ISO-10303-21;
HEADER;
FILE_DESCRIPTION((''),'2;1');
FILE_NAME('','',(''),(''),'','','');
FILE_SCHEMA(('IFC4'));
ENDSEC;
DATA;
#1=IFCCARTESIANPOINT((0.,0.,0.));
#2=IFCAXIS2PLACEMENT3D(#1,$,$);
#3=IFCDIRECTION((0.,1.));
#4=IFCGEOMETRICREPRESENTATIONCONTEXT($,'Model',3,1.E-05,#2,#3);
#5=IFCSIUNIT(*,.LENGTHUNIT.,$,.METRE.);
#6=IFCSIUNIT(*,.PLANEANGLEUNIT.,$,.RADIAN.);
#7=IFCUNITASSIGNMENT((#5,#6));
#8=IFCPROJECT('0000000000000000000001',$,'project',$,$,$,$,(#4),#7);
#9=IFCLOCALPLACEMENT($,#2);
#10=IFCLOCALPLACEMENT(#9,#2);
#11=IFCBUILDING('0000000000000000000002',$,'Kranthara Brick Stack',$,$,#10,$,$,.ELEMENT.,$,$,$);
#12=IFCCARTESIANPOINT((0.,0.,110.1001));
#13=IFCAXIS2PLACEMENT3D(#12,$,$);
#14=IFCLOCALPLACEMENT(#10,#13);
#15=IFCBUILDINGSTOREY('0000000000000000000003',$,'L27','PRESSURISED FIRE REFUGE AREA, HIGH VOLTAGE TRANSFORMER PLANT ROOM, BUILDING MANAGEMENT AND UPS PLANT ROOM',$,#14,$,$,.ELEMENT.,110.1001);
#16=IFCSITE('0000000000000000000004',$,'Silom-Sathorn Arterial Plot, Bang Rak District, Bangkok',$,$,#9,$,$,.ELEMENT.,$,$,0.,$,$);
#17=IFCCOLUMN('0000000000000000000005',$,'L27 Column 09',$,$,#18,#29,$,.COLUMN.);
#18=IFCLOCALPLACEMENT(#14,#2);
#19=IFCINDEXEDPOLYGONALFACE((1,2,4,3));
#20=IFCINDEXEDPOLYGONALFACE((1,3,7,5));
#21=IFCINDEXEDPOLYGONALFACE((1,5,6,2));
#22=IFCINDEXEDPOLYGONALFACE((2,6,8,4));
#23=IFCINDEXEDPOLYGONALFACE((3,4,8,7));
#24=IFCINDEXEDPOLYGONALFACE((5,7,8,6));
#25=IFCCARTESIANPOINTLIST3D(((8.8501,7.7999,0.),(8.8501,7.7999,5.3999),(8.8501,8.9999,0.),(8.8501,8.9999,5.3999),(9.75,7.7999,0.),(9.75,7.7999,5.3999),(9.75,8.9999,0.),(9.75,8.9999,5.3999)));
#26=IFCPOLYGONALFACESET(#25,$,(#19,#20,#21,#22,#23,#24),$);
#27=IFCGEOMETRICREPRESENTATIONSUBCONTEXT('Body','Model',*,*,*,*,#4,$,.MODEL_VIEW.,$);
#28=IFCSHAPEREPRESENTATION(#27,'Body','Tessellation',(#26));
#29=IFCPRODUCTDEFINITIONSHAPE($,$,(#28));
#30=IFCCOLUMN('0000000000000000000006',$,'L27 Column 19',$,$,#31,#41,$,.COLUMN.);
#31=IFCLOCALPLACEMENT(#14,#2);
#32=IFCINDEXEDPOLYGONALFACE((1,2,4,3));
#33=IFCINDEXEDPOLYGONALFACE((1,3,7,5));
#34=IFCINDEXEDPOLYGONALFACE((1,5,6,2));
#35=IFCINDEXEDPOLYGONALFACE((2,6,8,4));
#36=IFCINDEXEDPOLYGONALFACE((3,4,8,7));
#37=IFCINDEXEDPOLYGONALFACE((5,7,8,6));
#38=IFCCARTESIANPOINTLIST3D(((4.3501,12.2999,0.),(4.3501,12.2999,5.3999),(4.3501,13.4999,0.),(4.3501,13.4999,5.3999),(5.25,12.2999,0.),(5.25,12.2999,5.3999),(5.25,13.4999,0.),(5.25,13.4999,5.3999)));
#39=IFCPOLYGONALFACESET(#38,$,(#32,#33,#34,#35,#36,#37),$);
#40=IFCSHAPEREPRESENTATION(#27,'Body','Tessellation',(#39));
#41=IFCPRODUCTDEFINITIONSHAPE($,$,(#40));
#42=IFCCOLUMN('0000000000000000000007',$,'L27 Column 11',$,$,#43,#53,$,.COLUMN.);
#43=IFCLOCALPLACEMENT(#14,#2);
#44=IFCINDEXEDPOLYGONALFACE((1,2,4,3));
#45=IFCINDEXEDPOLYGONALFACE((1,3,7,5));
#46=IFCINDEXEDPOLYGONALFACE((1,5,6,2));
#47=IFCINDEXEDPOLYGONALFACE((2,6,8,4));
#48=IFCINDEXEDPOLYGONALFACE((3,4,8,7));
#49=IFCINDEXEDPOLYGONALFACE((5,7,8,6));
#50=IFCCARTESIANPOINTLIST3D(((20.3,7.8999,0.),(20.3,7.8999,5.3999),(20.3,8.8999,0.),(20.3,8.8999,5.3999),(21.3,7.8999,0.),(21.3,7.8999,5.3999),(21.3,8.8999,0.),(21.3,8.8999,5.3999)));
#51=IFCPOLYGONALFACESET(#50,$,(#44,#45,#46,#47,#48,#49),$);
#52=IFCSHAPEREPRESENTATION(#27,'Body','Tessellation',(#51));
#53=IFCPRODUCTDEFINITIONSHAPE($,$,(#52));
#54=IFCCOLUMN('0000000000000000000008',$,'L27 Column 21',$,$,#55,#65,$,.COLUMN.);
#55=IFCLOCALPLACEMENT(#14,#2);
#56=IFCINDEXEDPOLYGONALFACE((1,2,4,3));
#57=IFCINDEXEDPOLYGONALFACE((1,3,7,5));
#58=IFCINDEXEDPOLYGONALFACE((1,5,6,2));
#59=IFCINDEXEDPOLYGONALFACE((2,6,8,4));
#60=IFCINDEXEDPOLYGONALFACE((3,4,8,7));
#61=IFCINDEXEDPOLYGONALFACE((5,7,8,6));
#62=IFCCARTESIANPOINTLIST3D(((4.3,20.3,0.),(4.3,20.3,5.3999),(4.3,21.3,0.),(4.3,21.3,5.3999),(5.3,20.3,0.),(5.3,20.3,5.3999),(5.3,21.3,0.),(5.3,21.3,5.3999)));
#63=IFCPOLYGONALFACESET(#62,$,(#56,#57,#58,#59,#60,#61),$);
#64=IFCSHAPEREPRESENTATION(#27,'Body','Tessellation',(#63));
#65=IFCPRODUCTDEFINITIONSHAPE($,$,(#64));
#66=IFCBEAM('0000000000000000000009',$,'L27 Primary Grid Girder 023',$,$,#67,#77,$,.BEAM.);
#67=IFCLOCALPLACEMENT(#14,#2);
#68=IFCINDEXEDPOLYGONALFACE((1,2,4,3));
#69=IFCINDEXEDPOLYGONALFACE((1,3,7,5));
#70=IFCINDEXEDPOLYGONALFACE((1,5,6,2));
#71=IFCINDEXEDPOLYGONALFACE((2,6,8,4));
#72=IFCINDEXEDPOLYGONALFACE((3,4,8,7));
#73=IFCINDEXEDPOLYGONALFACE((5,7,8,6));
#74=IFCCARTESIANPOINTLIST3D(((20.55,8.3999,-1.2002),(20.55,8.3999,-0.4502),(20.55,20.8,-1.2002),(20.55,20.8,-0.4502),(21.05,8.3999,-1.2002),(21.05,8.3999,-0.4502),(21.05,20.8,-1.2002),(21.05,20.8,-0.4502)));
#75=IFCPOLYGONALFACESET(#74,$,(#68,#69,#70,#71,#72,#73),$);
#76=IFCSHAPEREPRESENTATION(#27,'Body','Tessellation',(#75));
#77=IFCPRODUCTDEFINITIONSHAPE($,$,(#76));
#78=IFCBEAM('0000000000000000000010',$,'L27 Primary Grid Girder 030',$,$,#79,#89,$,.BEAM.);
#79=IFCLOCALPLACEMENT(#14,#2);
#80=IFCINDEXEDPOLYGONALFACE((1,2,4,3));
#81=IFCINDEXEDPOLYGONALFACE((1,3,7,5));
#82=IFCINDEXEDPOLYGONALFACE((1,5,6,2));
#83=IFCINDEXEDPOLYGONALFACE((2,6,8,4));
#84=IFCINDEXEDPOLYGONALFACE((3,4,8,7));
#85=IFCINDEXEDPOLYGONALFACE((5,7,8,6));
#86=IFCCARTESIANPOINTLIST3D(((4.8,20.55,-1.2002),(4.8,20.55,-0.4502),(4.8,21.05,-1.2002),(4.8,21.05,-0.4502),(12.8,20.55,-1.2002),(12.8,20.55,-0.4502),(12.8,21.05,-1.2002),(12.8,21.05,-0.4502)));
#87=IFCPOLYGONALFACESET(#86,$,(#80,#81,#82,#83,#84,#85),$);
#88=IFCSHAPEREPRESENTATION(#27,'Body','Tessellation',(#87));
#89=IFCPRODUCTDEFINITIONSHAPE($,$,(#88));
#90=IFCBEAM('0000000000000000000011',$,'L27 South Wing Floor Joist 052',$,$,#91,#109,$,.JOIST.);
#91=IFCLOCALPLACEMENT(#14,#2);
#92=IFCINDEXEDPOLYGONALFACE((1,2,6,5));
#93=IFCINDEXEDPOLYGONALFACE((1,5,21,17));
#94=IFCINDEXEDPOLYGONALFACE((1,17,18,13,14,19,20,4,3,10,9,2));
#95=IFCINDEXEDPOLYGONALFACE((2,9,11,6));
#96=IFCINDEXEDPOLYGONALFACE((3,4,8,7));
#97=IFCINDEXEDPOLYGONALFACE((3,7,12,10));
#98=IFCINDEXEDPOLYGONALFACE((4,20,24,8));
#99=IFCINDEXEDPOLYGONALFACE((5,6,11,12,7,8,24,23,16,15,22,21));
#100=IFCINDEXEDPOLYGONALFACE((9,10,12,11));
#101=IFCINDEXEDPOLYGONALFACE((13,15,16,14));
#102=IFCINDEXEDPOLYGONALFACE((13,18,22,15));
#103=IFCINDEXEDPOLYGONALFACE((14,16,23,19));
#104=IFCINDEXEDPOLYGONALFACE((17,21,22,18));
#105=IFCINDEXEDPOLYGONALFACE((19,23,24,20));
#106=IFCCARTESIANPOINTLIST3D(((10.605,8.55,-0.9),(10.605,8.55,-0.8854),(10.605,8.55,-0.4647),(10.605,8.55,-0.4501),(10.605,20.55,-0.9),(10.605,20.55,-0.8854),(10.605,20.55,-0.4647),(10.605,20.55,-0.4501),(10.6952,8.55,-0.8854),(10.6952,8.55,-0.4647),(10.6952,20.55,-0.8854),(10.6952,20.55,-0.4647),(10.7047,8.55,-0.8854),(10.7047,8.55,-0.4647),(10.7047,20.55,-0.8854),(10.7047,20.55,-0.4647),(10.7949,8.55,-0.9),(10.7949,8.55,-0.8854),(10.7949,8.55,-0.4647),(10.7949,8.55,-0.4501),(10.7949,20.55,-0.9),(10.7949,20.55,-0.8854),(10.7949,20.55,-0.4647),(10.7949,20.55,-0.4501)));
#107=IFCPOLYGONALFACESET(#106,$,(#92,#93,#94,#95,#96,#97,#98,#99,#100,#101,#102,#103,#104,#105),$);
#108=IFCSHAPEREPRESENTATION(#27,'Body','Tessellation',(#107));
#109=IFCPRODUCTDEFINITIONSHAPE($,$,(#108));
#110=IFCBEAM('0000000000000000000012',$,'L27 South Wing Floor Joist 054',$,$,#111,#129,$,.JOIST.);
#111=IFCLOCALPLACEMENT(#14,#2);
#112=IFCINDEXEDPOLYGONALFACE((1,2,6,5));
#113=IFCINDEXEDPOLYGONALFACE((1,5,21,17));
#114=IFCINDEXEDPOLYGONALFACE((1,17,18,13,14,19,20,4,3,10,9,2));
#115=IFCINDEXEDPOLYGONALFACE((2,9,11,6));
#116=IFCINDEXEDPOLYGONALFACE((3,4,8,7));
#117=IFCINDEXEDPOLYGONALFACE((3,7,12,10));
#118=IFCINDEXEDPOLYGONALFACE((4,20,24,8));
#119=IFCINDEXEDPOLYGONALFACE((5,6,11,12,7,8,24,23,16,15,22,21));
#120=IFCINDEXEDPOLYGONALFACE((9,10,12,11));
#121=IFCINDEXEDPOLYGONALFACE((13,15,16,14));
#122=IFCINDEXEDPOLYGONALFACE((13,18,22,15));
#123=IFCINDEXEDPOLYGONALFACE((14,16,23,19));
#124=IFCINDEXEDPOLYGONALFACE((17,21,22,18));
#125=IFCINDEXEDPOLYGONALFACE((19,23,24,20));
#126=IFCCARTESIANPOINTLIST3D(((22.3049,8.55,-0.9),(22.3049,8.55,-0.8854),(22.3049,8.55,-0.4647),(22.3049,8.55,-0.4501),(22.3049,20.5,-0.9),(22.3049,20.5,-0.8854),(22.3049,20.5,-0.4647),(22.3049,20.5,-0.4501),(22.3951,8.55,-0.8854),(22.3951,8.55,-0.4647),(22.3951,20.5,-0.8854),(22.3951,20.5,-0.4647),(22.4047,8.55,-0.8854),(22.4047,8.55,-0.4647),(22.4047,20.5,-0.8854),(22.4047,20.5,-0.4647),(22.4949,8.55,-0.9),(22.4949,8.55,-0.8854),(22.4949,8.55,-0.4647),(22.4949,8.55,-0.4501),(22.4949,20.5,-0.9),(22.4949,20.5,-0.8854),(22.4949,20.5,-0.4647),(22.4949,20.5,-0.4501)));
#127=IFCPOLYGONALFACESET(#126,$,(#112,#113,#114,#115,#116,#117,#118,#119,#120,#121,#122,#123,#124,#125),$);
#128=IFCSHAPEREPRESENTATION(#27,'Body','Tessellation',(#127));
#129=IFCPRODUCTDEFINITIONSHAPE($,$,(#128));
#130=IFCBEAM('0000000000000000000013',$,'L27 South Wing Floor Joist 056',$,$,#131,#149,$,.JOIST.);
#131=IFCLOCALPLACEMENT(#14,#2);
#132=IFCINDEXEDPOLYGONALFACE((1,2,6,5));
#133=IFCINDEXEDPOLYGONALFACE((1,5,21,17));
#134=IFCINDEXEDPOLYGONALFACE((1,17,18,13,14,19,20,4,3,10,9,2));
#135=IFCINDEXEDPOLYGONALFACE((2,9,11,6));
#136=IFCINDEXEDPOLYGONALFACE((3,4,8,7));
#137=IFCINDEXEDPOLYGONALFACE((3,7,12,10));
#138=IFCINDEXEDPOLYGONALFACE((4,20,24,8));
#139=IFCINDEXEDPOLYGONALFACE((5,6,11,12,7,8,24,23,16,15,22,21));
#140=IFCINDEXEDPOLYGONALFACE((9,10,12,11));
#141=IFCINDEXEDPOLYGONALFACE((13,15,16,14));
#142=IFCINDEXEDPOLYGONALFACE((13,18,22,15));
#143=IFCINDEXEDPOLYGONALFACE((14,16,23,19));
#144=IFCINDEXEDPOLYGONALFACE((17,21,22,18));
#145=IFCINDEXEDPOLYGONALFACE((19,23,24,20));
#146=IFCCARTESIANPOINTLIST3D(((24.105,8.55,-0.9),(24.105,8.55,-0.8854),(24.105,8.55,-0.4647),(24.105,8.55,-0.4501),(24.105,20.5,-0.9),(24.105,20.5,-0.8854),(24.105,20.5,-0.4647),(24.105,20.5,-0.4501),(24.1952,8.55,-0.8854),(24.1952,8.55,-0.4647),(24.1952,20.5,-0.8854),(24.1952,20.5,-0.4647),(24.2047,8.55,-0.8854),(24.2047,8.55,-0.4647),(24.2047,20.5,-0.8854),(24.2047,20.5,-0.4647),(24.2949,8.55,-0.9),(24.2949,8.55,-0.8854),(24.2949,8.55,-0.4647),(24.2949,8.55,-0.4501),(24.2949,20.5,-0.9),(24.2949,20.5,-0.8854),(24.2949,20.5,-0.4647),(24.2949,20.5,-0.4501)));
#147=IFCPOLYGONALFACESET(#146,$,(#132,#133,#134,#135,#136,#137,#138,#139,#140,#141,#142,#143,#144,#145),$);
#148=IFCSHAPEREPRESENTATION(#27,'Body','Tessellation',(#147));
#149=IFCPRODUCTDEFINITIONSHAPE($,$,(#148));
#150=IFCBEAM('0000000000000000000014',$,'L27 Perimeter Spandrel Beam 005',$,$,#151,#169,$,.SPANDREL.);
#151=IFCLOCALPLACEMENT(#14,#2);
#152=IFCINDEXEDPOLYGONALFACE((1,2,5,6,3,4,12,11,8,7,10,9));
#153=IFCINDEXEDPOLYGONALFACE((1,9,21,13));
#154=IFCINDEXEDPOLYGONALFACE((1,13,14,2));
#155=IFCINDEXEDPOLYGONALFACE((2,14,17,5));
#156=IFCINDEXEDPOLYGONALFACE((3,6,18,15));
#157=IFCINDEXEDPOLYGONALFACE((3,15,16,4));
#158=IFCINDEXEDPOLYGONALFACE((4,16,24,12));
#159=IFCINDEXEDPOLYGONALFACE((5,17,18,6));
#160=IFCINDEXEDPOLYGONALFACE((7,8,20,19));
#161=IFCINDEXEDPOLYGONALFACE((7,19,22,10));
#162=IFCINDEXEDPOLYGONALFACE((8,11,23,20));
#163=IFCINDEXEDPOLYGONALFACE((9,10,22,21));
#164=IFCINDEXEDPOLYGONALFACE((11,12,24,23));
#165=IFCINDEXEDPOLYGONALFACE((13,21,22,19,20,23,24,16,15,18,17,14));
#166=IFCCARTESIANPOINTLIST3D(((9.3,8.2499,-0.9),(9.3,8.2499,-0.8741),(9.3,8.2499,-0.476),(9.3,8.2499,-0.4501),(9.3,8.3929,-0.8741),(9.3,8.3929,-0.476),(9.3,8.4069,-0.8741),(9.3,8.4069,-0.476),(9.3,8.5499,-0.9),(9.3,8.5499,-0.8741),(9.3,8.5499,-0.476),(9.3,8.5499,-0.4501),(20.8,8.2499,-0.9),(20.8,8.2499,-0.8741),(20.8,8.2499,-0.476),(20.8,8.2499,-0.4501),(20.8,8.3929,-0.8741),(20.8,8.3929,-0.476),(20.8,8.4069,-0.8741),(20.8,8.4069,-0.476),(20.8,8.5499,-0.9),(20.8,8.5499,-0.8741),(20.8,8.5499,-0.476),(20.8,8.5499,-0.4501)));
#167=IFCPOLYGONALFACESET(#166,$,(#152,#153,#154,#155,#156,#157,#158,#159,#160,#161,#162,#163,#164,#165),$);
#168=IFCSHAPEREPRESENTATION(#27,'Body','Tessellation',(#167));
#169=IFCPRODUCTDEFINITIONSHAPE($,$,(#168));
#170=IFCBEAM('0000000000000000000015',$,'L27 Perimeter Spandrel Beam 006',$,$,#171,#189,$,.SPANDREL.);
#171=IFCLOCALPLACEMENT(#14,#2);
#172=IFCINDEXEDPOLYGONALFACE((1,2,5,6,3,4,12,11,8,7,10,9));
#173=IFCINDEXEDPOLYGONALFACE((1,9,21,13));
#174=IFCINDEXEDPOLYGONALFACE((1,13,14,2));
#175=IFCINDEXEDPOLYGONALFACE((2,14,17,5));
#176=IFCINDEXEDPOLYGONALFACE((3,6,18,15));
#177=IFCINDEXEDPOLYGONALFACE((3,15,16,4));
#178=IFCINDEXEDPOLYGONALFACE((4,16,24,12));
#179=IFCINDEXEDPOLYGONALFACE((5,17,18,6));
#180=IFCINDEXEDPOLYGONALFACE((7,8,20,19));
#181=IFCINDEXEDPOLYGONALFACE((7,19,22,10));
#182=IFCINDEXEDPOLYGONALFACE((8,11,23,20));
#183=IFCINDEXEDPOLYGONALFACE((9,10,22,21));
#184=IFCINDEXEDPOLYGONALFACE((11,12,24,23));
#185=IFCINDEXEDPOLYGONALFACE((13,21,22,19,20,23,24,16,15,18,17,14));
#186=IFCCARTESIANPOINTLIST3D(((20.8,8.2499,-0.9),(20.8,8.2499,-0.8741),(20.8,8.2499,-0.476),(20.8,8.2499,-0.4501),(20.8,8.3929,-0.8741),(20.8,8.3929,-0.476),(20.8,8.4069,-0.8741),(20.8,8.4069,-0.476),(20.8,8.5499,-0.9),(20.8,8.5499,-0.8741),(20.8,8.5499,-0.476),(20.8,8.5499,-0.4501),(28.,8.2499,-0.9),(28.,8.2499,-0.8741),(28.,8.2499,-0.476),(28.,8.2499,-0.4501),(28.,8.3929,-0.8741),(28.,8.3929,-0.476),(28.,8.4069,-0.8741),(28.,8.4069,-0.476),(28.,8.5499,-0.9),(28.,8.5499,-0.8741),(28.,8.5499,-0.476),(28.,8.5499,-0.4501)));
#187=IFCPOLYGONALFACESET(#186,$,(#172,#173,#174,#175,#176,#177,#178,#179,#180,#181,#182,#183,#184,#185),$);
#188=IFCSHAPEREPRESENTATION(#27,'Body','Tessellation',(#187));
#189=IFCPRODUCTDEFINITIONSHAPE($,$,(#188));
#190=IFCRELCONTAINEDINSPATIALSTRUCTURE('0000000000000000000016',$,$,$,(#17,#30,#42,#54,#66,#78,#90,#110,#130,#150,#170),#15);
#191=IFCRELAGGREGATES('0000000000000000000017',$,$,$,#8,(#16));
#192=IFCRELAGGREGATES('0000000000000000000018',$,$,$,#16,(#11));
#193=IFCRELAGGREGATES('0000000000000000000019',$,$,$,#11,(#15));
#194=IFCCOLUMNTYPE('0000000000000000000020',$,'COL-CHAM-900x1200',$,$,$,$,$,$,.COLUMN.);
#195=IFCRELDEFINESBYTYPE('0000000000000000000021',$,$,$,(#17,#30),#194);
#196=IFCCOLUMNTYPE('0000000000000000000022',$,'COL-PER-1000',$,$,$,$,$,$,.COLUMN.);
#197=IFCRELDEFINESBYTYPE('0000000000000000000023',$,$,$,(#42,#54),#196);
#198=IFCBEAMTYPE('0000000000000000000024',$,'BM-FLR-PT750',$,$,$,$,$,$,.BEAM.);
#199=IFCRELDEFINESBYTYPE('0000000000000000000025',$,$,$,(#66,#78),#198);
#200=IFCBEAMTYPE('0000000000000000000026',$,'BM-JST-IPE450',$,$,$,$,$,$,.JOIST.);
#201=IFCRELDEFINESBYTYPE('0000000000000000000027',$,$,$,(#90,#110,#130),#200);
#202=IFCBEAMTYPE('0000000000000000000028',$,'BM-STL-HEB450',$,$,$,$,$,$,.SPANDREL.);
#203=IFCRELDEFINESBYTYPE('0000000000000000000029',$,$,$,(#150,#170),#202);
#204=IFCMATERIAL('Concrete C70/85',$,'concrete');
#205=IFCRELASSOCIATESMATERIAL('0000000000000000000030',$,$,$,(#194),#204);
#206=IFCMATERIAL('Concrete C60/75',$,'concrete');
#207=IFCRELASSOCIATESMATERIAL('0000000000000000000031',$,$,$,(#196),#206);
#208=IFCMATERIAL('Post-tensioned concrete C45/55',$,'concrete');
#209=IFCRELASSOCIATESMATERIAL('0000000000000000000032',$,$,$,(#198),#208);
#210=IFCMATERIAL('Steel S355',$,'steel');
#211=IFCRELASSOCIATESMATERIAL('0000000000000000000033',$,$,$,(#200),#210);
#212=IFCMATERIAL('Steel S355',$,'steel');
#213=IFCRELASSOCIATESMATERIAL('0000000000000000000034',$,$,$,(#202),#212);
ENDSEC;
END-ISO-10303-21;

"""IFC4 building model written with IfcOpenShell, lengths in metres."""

from ifc_helpers import new_model, si_unit, direction, frame, origin, origin_2d, place, context, subcontext, project, spatial, rectangle, i_section, extrude, material, material_profile, profile_set, type_object, element, save


model = new_model("IFC4")

# Units and contexts
model_context = context("Model", 3, precision=1e-05, world=origin(), true_north=direction((0.0, 1.0)))
body_context = subcontext(model_context, "Body", "Model", "MODEL_VIEW")
ifc_project = project(units=[si_unit("LENGTHUNIT", "METRE"), si_unit("PLANEANGLEUNIT", "RADIAN")], contexts=[model_context])

# Site, building, storey
site_placement = place(None, origin())
site = spatial("IfcSite", under=ifc_project, at=site_placement, Name="Silom-Sathorn Arterial Plot, Bang Rak District, Bangkok", CompositionType="ELEMENT", RefElevation=0.0)
building_placement = place(site_placement, origin())
building = spatial("IfcBuilding", under=site, at=building_placement, Name="Kranthara Brick Stack", CompositionType="ELEMENT")
storey_placement = place(building_placement, frame((0.0, 0.0, 110.1001)))
storey = spatial("IfcBuildingStorey", under=building, at=storey_placement, Name="L27", Description="PRESSURISED FIRE REFUGE AREA, HIGH VOLTAGE TRANSFORMER PLANT ROOM, BUILDING MANAGEMENT AND UPS PLANT ROOM", CompositionType="ELEMENT", Elevation=110.1001)

# Columns
ifc_material_1 = material(Name="Concrete C70/85", Category="concrete")
ifc_material_profile_1 = material_profile(ifc_material_1, rectangle(XDim=0.8999, YDim=1.2, at=origin_2d()), Name="RC 900x1200")
ifc_profile_set_1 = profile_set([ifc_material_profile_1], Name="Concrete C70/85")
column_type_1 = type_object("IfcColumnType", Name="COL-CHAM-900x1200", PredefinedType="COLUMN", material=ifc_profile_set_1)
for number, where, z_axis, x_axis, name in (
    (1, (9.3, 8.3999, 0.0), (0.0, 0.0, 1.0), (1.0, 0.0, 0.0), "L27 Column 09"),
    (2, (4.8, 12.8999, 0.0), (0.0, 0.0, 1.0), (1.0, 0.0, 0.0), "L27 Column 19"),
):
    element("IfcColumn", number, at=place(storey_placement, frame(where, z_axis=z_axis, x_axis=x_axis)), inside=storey, type_object=column_type_1, Name=name, PredefinedType="COLUMN", context=body_context, shape_type="SweptSolid", body=[
        extrude(rectangle(XDim=0.8999, YDim=1.2, at=origin_2d()), origin(), (0.0, 0.0, 1.0), 5.3999),
    ])
ifc_material_2 = material(Name="Concrete C60/75", Category="concrete")
ifc_material_profile_2 = material_profile(ifc_material_2, rectangle(XDim=1.0, YDim=1.0, at=origin_2d()), Name="RC 1000x1000")
ifc_profile_set_2 = profile_set([ifc_material_profile_2], Name="Concrete C60/75")
column_type_2 = type_object("IfcColumnType", Name="COL-PER-1000", PredefinedType="COLUMN", material=ifc_profile_set_2)
for number, where, z_axis, x_axis, name in (
    (3, (20.8, 8.3999, 0.0), (0.0, 0.0, 1.0), (1.0, 0.0, 0.0), "L27 Column 11"),
    (4, (4.8, 20.8, 0.0), (0.0, 0.0, 1.0), (1.0, 0.0, 0.0), "L27 Column 21"),
):
    element("IfcColumn", number, at=place(storey_placement, frame(where, z_axis=z_axis, x_axis=x_axis)), inside=storey, type_object=column_type_2, Name=name, PredefinedType="COLUMN", context=body_context, shape_type="SweptSolid", body=[
        extrude(rectangle(XDim=1.0, YDim=1.0, at=origin_2d()), origin(), (0.0, 0.0, 1.0), 5.3999),
    ])

# Beams
ifc_material_3 = material(Name="Post-tensioned concrete C45/55", Category="concrete")
ifc_material_profile_3 = material_profile(ifc_material_3, rectangle(XDim=0.5, YDim=0.75, at=origin_2d()), Name="PT 500x750")
ifc_profile_set_3 = profile_set([ifc_material_profile_3], Name="Post-tensioned concrete C45/55")
beam_type_1 = type_object("IfcBeamType", Name="BM-FLR-PT750", PredefinedType="BEAM", material=ifc_profile_set_3)
beam_1_placement = place(storey_placement, frame((20.8, 8.3999, -0.8252), z_axis=(0.0, 1.0, 0.0), x_axis=(-1.0, 0.0, 0.0)))
element("IfcBeam", 5, at=beam_1_placement, inside=storey, type_object=beam_type_1, Name="L27 Primary Grid Girder 023", PredefinedType="BEAM", context=body_context, shape_type="SweptSolid", body=[
    extrude(rectangle(XDim=0.5, YDim=0.75, at=origin_2d()), origin(), (0.0, 0.0, 1.0), 12.4001),
])
beam_2_placement = place(storey_placement, frame((4.8, 20.8, -0.8252), z_axis=(1.0, 0.0, 0.0), x_axis=(0.0, 1.0, 0.0)))
element("IfcBeam", 6, at=beam_2_placement, inside=storey, type_object=beam_type_1, Name="L27 Primary Grid Girder 030", PredefinedType="BEAM", context=body_context, shape_type="SweptSolid", body=[
    extrude(rectangle(XDim=0.5, YDim=0.75, at=origin_2d()), origin(), (0.0, 0.0, 1.0), 8.0),
])
ifc_material_4 = material(Name="Steel S355", Category="steel")
ifc_material_profile_4 = material_profile(ifc_material_4, i_section(OverallWidth=0.1899, OverallDepth=0.45, WebThickness=0.0095, FlangeThickness=0.0146, at=origin_2d()), Name="IPE 450")
ifc_profile_set_4 = profile_set([ifc_material_profile_4], Name="Steel S355")
beam_type_2 = type_object("IfcBeamType", Name="BM-JST-IPE450", PredefinedType="JOIST", material=ifc_profile_set_4)
beam_3_placement = place(storey_placement, frame((10.7, 8.55, -0.675), z_axis=(0.0, 1.0, 0.0), x_axis=(-1.0, 0.0, 0.0)))
element("IfcBeam", 7, at=beam_3_placement, inside=storey, type_object=beam_type_2, Name="L27 South Wing Floor Joist 052", PredefinedType="JOIST", context=body_context, shape_type="SweptSolid", body=[
    extrude(i_section(OverallWidth=0.1899, OverallDepth=0.45, WebThickness=0.0095, FlangeThickness=0.0146, at=origin_2d()), origin(), (0.0, 0.0, 1.0), 12.0),
])
for number, where, z_axis, x_axis, name in (
    (8, (22.3999, 8.55, -0.675), (0.0, 1.0, 0.0), (-1.0, 0.0, 0.0), "L27 South Wing Floor Joist 054"),
    (9, (24.2, 8.55, -0.675), (0.0, 1.0, 0.0), (-1.0, 0.0, 0.0), "L27 South Wing Floor Joist 056"),
):
    element("IfcBeam", number, at=place(storey_placement, frame(where, z_axis=z_axis, x_axis=x_axis)), inside=storey, type_object=beam_type_2, Name=name, PredefinedType="JOIST", context=body_context, shape_type="SweptSolid", body=[
        extrude(i_section(OverallWidth=0.1899, OverallDepth=0.45, WebThickness=0.0095, FlangeThickness=0.0146, at=origin_2d()), origin(), (0.0, 0.0, 1.0), 11.95),
    ])
ifc_material_5 = material(Name="Steel S355", Category="steel")
ifc_material_profile_5 = material_profile(ifc_material_5, i_section(OverallWidth=0.3, OverallDepth=0.45, WebThickness=0.0139, FlangeThickness=0.0259, at=origin_2d()), Name="HEB 450")
ifc_profile_set_5 = profile_set([ifc_material_profile_5], Name="Steel S355")
beam_type_3 = type_object("IfcBeamType", Name="BM-STL-HEB450", PredefinedType="SPANDREL", material=ifc_profile_set_5)
beam_4_placement = place(storey_placement, frame((9.3, 8.3999, -0.675), z_axis=(1.0, 0.0, 0.0), x_axis=(0.0, 1.0, 0.0)))
element("IfcBeam", 10, at=beam_4_placement, inside=storey, type_object=beam_type_3, Name="L27 Perimeter Spandrel Beam 005", PredefinedType="SPANDREL", context=body_context, shape_type="SweptSolid", body=[
    extrude(i_section(OverallWidth=0.3, OverallDepth=0.45, WebThickness=0.0139, FlangeThickness=0.0259, at=origin_2d()), origin(), (0.0, 0.0, 1.0), 11.5),
])
beam_5_placement = place(storey_placement, frame((20.8, 8.3999, -0.675), z_axis=(1.0, 0.0, 0.0), x_axis=(0.0, 1.0, 0.0)))
element("IfcBeam", 11, at=beam_5_placement, inside=storey, type_object=beam_type_3, Name="L27 Perimeter Spandrel Beam 006", PredefinedType="SPANDREL", context=body_context, shape_type="SweptSolid", body=[
    extrude(i_section(OverallWidth=0.3, OverallDepth=0.45, WebThickness=0.0139, FlangeThickness=0.0259, at=origin_2d()), origin(), (0.0, 0.0, 1.0), 7.2),
])

save(model, "model.ifc")
